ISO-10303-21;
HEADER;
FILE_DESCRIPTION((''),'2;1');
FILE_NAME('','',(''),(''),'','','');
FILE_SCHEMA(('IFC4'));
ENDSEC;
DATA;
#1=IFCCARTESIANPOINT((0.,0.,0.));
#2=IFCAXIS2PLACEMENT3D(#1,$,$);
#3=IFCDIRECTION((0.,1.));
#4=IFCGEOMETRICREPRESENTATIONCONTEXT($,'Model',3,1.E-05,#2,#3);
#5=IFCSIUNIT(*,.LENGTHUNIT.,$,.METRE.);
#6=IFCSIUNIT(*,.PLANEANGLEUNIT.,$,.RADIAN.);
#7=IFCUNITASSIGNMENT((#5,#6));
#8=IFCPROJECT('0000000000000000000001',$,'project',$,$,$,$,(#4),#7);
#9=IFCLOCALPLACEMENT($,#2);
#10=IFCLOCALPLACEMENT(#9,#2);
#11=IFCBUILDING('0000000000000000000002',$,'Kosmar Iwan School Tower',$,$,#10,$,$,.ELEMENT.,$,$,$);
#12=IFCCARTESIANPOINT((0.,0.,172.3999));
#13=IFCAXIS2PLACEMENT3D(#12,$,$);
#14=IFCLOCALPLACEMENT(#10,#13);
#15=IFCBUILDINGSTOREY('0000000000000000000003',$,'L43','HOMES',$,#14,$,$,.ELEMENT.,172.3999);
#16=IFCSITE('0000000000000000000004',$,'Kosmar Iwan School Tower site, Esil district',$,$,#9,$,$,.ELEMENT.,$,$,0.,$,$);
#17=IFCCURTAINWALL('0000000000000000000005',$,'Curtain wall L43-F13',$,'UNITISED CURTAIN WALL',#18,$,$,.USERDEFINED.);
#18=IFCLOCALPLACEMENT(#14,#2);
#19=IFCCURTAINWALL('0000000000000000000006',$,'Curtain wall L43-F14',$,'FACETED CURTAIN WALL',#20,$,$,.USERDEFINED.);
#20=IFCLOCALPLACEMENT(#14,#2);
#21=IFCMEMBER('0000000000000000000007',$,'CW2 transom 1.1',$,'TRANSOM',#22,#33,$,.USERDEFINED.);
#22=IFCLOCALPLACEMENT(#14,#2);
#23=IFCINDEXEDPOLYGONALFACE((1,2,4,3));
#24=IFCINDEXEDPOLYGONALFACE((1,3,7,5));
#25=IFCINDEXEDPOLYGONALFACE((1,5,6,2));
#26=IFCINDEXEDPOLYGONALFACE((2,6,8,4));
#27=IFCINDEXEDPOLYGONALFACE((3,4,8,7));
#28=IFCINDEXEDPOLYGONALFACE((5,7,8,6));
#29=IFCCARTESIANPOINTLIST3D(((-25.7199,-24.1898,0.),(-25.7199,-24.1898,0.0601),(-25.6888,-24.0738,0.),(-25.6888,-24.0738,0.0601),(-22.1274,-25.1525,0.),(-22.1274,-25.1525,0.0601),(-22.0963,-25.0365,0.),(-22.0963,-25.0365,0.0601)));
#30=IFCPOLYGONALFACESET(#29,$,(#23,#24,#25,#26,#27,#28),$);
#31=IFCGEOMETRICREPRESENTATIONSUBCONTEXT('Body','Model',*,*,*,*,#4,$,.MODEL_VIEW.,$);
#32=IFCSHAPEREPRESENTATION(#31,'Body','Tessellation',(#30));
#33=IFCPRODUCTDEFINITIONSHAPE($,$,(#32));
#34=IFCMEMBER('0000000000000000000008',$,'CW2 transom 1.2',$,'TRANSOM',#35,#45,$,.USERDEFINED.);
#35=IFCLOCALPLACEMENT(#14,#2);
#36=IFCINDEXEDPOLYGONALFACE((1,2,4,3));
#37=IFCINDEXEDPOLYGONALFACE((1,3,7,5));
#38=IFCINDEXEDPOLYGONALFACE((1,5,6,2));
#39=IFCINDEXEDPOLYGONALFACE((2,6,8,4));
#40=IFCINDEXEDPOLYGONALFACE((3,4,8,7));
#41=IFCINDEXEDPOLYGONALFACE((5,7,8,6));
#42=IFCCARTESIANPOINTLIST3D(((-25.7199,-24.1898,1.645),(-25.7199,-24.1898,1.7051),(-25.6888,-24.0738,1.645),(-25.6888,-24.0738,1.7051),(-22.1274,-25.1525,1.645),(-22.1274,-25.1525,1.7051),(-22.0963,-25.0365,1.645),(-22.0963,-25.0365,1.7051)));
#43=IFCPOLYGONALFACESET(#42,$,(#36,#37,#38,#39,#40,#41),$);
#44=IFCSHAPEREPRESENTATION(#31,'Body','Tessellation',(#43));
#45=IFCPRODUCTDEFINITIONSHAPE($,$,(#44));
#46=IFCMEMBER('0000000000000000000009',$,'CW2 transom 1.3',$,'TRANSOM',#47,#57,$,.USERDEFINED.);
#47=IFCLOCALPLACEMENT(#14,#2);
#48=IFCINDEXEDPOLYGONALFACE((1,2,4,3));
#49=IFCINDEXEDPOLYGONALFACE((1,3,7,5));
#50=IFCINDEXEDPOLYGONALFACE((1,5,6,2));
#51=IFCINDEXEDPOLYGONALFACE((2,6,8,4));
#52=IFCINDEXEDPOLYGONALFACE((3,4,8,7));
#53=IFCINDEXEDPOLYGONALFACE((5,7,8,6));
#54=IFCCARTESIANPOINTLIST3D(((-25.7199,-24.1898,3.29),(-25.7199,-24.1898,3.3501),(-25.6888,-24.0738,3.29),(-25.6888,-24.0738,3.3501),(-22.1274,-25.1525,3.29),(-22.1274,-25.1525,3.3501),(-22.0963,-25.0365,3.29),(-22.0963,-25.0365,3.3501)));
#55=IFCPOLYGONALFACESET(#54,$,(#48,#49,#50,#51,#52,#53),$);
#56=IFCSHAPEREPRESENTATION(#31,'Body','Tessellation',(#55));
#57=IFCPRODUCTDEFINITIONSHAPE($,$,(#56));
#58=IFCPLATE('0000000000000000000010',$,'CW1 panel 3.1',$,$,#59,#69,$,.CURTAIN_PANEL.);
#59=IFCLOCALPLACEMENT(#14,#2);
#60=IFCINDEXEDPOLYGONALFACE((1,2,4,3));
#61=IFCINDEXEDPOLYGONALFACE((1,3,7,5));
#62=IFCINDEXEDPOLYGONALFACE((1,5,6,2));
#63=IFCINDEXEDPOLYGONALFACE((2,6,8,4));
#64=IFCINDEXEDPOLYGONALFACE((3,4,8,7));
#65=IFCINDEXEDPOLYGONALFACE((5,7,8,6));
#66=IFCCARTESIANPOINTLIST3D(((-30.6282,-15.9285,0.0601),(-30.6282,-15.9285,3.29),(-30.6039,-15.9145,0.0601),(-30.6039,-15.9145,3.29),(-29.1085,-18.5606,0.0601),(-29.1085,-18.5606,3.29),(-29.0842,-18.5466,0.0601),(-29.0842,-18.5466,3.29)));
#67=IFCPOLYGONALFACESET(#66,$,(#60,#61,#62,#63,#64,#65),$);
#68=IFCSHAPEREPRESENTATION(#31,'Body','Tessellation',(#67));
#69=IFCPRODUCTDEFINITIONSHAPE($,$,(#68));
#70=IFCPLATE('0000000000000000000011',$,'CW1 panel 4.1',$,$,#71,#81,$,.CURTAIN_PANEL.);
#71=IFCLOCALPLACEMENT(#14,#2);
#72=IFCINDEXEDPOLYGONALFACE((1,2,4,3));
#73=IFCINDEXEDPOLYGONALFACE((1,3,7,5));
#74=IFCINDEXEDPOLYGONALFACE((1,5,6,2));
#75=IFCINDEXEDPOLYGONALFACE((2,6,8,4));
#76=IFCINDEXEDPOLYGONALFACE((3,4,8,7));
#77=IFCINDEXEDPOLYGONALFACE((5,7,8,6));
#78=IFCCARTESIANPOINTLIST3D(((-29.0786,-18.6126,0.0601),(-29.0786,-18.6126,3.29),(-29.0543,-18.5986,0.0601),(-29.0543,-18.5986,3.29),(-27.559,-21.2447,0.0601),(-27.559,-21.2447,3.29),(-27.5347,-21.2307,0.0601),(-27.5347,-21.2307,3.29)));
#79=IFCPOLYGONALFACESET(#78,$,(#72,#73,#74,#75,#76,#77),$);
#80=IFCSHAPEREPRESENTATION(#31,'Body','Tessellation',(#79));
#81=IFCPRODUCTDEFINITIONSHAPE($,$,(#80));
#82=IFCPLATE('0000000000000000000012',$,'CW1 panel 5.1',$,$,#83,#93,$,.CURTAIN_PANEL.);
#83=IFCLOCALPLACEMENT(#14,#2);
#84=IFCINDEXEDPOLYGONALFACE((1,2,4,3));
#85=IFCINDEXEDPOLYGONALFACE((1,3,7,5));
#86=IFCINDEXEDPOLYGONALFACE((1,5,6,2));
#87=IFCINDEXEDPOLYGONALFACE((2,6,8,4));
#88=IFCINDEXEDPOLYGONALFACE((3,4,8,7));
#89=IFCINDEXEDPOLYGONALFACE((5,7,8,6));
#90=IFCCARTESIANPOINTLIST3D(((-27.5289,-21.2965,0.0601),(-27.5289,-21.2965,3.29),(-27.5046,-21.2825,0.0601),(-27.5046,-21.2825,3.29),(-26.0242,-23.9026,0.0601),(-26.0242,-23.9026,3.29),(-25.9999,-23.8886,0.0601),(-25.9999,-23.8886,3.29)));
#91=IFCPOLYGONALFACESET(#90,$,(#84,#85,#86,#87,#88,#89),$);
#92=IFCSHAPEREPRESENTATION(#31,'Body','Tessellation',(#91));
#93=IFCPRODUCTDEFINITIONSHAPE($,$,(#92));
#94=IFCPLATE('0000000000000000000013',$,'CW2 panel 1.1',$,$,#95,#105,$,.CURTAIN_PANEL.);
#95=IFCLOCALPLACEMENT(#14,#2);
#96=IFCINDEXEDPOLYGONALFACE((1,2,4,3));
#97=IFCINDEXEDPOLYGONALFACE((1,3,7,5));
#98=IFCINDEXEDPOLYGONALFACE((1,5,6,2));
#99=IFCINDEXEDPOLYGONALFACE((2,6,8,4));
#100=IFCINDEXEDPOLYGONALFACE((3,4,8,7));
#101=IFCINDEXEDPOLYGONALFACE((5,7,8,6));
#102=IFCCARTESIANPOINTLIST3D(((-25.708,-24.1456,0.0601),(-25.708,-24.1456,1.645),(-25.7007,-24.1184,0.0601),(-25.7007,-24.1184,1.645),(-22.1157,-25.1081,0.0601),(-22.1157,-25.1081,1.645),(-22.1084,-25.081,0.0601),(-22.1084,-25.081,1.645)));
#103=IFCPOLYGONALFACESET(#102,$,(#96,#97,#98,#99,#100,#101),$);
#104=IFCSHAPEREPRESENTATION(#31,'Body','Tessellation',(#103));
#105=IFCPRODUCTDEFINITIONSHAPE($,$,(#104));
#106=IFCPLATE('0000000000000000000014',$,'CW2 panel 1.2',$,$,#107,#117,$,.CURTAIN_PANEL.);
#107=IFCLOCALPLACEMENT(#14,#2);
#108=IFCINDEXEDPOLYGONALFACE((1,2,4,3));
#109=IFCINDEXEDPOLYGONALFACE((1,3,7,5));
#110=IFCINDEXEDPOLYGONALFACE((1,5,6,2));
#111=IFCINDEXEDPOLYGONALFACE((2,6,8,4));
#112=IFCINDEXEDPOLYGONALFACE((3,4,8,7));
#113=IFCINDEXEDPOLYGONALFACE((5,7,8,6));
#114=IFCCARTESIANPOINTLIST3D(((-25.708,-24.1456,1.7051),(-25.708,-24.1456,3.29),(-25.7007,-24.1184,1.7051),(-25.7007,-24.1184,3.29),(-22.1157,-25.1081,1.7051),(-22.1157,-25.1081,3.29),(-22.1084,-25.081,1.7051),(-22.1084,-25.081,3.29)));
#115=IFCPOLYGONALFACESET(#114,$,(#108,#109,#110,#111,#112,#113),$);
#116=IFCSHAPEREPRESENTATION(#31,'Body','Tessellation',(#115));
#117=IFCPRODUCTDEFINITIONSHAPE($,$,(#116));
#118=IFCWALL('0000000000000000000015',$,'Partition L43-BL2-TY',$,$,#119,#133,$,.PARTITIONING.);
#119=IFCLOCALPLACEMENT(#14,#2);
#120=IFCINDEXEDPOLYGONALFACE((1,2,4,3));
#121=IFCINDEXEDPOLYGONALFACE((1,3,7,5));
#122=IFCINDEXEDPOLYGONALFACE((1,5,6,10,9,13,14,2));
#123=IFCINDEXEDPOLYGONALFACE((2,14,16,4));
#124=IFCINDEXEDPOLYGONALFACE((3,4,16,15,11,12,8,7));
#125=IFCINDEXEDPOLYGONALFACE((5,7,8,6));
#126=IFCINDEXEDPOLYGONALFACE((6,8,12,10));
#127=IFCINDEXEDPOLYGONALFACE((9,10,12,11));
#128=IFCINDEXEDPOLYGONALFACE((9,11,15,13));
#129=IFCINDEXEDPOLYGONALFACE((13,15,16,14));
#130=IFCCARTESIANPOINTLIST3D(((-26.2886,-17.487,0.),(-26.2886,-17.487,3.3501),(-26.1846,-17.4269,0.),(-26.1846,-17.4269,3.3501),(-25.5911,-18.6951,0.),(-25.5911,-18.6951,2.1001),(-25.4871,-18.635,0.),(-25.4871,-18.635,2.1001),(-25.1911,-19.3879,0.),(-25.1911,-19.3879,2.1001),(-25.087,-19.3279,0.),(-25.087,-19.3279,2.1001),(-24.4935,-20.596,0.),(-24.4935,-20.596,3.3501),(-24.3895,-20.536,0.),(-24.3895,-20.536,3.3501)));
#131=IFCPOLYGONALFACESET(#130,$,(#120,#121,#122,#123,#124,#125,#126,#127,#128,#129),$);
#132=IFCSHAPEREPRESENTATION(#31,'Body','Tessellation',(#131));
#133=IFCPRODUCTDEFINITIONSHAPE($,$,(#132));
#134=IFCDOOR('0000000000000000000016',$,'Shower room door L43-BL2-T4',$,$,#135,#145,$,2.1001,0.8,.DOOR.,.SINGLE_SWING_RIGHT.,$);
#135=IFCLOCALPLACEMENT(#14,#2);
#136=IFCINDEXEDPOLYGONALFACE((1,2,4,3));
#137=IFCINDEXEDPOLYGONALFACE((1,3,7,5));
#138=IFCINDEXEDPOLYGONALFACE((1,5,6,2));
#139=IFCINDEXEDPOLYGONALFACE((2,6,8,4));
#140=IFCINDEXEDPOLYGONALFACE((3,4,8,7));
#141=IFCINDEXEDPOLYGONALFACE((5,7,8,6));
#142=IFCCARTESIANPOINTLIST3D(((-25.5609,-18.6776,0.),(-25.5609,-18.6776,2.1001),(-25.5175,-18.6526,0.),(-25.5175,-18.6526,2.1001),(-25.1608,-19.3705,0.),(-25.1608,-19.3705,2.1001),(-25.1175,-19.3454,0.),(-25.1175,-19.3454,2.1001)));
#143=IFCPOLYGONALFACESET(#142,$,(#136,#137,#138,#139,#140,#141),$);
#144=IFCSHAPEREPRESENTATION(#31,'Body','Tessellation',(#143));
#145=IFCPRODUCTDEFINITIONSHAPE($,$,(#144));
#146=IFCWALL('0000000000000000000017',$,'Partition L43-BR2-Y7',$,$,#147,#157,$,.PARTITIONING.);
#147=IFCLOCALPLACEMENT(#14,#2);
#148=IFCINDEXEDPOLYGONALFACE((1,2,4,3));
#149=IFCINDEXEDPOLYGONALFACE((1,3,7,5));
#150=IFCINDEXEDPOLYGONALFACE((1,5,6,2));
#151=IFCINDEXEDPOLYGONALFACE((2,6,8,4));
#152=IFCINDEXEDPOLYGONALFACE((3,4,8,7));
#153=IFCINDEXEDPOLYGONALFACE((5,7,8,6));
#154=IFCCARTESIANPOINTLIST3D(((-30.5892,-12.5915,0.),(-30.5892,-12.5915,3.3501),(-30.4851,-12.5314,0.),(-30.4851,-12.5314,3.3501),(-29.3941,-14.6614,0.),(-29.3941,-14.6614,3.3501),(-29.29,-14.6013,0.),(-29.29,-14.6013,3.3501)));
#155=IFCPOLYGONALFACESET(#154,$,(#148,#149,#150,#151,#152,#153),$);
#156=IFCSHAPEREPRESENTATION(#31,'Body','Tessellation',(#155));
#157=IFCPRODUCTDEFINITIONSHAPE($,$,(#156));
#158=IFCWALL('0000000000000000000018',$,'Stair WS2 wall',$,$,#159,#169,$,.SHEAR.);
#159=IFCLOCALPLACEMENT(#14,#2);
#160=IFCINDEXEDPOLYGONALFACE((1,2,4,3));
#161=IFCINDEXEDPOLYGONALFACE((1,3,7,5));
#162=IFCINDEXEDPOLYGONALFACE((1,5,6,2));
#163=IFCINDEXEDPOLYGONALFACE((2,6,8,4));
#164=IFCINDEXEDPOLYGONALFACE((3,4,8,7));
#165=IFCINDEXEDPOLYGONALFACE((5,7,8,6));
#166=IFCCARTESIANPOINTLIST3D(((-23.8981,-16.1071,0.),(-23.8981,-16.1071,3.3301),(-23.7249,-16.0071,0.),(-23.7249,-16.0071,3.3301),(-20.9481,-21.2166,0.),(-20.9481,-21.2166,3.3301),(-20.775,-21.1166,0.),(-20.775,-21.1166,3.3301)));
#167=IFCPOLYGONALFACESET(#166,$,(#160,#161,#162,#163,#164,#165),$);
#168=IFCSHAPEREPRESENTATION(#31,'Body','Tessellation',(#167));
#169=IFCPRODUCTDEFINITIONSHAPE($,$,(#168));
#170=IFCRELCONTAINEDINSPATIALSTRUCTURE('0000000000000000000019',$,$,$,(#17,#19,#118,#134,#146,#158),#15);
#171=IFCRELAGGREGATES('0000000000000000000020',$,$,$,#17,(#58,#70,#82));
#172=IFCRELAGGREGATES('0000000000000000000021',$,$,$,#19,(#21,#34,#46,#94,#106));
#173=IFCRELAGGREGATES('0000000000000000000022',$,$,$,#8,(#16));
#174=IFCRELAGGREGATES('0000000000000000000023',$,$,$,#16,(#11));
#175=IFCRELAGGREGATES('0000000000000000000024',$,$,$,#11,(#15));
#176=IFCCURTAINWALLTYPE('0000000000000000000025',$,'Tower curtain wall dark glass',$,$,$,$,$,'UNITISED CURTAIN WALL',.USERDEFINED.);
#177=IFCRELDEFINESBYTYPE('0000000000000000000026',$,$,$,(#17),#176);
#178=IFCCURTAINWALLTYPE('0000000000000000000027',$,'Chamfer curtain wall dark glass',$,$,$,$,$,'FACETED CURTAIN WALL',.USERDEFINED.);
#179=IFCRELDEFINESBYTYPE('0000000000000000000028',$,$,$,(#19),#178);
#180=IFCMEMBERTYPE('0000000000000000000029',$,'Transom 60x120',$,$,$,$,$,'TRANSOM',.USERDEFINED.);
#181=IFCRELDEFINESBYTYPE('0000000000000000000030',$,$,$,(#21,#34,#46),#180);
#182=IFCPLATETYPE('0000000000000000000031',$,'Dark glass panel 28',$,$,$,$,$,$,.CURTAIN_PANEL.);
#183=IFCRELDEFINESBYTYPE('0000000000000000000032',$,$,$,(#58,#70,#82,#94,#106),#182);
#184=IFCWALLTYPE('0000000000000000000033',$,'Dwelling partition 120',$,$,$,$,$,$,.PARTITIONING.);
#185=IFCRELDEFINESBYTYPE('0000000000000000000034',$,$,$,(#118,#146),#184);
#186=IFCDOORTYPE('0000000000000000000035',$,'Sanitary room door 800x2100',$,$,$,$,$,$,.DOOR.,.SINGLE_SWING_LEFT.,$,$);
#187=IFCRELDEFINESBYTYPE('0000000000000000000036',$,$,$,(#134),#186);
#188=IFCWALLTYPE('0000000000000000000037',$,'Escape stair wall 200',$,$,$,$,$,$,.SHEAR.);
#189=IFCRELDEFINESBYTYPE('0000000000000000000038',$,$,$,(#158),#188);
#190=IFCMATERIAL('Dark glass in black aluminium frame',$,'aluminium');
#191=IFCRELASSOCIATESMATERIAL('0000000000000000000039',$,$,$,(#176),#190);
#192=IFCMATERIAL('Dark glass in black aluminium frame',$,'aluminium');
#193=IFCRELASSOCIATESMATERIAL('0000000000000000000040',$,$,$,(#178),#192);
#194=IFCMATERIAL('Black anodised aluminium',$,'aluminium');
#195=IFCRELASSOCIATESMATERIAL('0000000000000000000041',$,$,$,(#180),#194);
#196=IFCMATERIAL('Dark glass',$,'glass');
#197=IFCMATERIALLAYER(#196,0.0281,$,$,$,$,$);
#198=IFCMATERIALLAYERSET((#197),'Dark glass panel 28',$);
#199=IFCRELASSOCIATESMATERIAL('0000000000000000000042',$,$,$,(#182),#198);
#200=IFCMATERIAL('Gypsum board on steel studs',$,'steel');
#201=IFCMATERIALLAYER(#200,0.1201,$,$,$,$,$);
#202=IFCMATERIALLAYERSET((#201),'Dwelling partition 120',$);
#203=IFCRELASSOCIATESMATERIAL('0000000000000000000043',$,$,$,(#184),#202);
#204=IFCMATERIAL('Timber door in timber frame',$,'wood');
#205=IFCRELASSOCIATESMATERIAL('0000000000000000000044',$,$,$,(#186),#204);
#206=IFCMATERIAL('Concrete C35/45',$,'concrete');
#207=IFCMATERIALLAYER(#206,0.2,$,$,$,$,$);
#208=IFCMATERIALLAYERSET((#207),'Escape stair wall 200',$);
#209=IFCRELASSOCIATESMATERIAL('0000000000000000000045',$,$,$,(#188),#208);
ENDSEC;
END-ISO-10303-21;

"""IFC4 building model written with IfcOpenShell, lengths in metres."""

from ifc_helpers import new_model, si_unit, direction, frame, frame_2d, origin, origin_2d, place, context, subcontext, project, spatial, rectangle, extrude, material, layer, layer_set, material_profile, profile_set, type_object, element, fill, aggregate, save


model = new_model("IFC4")

# Units and contexts
model_context = context("Model", 3, precision=1e-05, world=origin(), true_north=direction((0.0, 1.0)))
body_context = subcontext(model_context, "Body", "Model", "MODEL_VIEW")
ifc_project = project(units=[si_unit("LENGTHUNIT", "METRE"), si_unit("PLANEANGLEUNIT", "RADIAN")], contexts=[model_context])

# Site, building, storey
site_placement = place(None, origin())
site = spatial("IfcSite", under=ifc_project, at=site_placement, Name="Kosmar Iwan School Tower site, Esil district", CompositionType="ELEMENT", RefElevation=0.0)
building_placement = place(site_placement, origin())
building = spatial("IfcBuilding", under=site, at=building_placement, Name="Kosmar Iwan School Tower", CompositionType="ELEMENT")
storey_placement = place(building_placement, frame((0.0, 0.0, 172.3999)))
storey = spatial("IfcBuildingStorey", under=building, at=storey_placement, Name="L43", Description="HOMES", CompositionType="ELEMENT", Elevation=172.3999)

# Curtain wall
ifc_material_1 = material(Name="Dark glass in black aluminium frame", Category="aluminium")
curtain_wall_type_1 = type_object("IfcCurtainWallType", Name="Tower curtain wall dark glass", ElementType="UNITISED CURTAIN WALL", PredefinedType="USERDEFINED", material=ifc_material_1)
curtain_wall_1_placement = place(storey_placement, origin())
curtain_wall_1 = element("IfcCurtainWall", 1, at=curtain_wall_1_placement, inside=storey, type_object=curtain_wall_type_1, Name="Curtain wall L43-F13", ObjectType="UNITISED CURTAIN WALL", PredefinedType="USERDEFINED")

# Curtain wall
ifc_material_2 = material(Name="Dark glass in black aluminium frame", Category="aluminium")
curtain_wall_type_2 = type_object("IfcCurtainWallType", Name="Chamfer curtain wall dark glass", ElementType="FACETED CURTAIN WALL", PredefinedType="USERDEFINED", material=ifc_material_2)
curtain_wall_2_placement = place(storey_placement, origin())
curtain_wall_2 = element("IfcCurtainWall", 2, at=curtain_wall_2_placement, inside=storey, type_object=curtain_wall_type_2, Name="Curtain wall L43-F14", ObjectType="FACETED CURTAIN WALL", PredefinedType="USERDEFINED")

# Members
ifc_material_3 = material(Name="Black anodised aluminium", Category="aluminium")
ifc_material_profile_1 = material_profile(ifc_material_3, rectangle(XDim=0.1201, YDim=0.0601, at=origin_2d()), Name="TRANSOM 60x120")
ifc_profile_set_1 = profile_set([ifc_material_profile_1], Name="Black anodised aluminium")
member_type_1 = type_object("IfcMemberType", Name="Transom 60x120", ElementType="TRANSOM", PredefinedType="USERDEFINED", material=ifc_profile_set_1)
member_1_placement = place(storey_placement, frame((-25.7043, -24.1318, 0.03), z_axis=(0.965924, -0.258827, 0.0), x_axis=(0.258827, 0.965924, 0.0)))
member_1 = element("IfcMember", 3, at=member_1_placement, type_object=member_type_1, Name="CW2 transom 1.1", ObjectType="TRANSOM", PredefinedType="USERDEFINED", context=body_context, shape_type="SweptSolid", body=[
    extrude(rectangle(XDim=0.1201, YDim=0.0601, at=origin_2d()), origin(), (0.0, 0.0, 1.0), 3.7192),
])
member_2_placement = place(storey_placement, frame((-25.7043, -24.1318, 1.675), z_axis=(0.965924, -0.258827, 0.0), x_axis=(0.258827, 0.965924, 0.0)))
member_2 = element("IfcMember", 4, at=member_2_placement, type_object=member_type_1, Name="CW2 transom 1.2", ObjectType="TRANSOM", PredefinedType="USERDEFINED", context=body_context, shape_type="SweptSolid", body=[
    extrude(rectangle(XDim=0.1201, YDim=0.0601, at=origin_2d()), origin(), (0.0, 0.0, 1.0), 3.7192),
])
member_3_placement = place(storey_placement, frame((-25.7043, -24.1318, 3.3201), z_axis=(0.965924, -0.258827, 0.0), x_axis=(0.258827, 0.965924, 0.0)))
member_3 = element("IfcMember", 5, at=member_3_placement, type_object=member_type_1, Name="CW2 transom 1.3", ObjectType="TRANSOM", PredefinedType="USERDEFINED", context=body_context, shape_type="SweptSolid", body=[
    extrude(rectangle(XDim=0.1201, YDim=0.0601, at=origin_2d()), origin(), (0.0, 0.0, 1.0), 3.7192),
])

# Plates
ifc_material_4 = material(Name="Dark glass", Category="glass")
ifc_layer_1 = layer(ifc_material_4, 0.0281)
ifc_layer_set_1 = layer_set([ifc_layer_1], Name="Dark glass panel 28")
plate_type = type_object("IfcPlateType", Name="Dark glass panel 28", PredefinedType="CURTAIN_PANEL", material=ifc_layer_set_1)
plate_1_placement = place(storey_placement, frame((-29.8562, -17.2375, 0.0601), z_axis=(0.0, 0.0, 1.0), x_axis=(0.5, -0.866025, 0.0)))
plate_1 = element("IfcPlate", 6, at=plate_1_placement, type_object=plate_type, Name="CW1 panel 3.1", PredefinedType="CURTAIN_PANEL", context=body_context, shape_type="SweptSolid", body=[
    extrude(rectangle(XDim=3.0393, YDim=0.0281, at=origin_2d()), origin(), (0.0, 0.0, 1.0), 3.23),
])
plate_2_placement = place(storey_placement, frame((-28.3066, -19.9216, 0.0601), z_axis=(0.0, 0.0, 1.0), x_axis=(0.5, -0.866025, 0.0)))
plate_2 = element("IfcPlate", 7, at=plate_2_placement, type_object=plate_type, Name="CW1 panel 4.1", PredefinedType="CURTAIN_PANEL", context=body_context, shape_type="SweptSolid", body=[
    extrude(rectangle(XDim=3.0393, YDim=0.0281, at=origin_2d()), origin(), (0.0, 0.0, 1.0), 3.23),
])
plate_3_placement = place(storey_placement, frame((-26.7644, -22.5925, 0.0601), z_axis=(0.0, 0.0, 1.0), x_axis=(0.5, -0.866025, 0.0)))
plate_3 = element("IfcPlate", 8, at=plate_3_placement, type_object=plate_type, Name="CW1 panel 5.1", PredefinedType="CURTAIN_PANEL", context=body_context, shape_type="SweptSolid", body=[
    extrude(rectangle(XDim=3.0093, YDim=0.0281, at=origin_2d()), origin(), (0.0, 0.0, 1.0), 3.23),
])
aggregate(curtain_wall_1, [plate_1, plate_2, plate_3])
plate_4_placement = place(storey_placement, frame((-23.9082, -24.6133, 0.0601), z_axis=(0.0, 0.0, 1.0), x_axis=(0.965926, -0.258819, 0.0)))
plate_4 = element("IfcPlate", 9, at=plate_4_placement, type_object=plate_type, Name="CW2 panel 1.1", PredefinedType="CURTAIN_PANEL", context=body_context, shape_type="SweptSolid", body=[
    extrude(rectangle(XDim=3.719, YDim=0.0281, at=origin_2d()), origin(), (0.0, 0.0, 1.0), 1.585),
])
plate_5_placement = place(storey_placement, frame((-23.9082, -24.6133, 1.7051), z_axis=(0.0, 0.0, 1.0), x_axis=(0.965926, -0.258819, 0.0)))
plate_5 = element("IfcPlate", 10, at=plate_5_placement, type_object=plate_type, Name="CW2 panel 1.2", PredefinedType="CURTAIN_PANEL", context=body_context, shape_type="SweptSolid", body=[
    extrude(rectangle(XDim=3.719, YDim=0.0281, at=origin_2d()), origin(), (0.0, 0.0, 1.0), 1.585),
])
aggregate(curtain_wall_2, [member_1, member_2, member_3, plate_4, plate_5])

# Wall, opening, door
ifc_material_5 = material(Name="Gypsum board on steel studs", Category="steel")
ifc_layer_2 = layer(ifc_material_5, 0.1201)
ifc_layer_set_2 = layer_set([ifc_layer_2], Name="Dwelling partition 120")
wall_type_1 = type_object("IfcWallType", Name="Dwelling partition 120", PredefinedType="PARTITIONING", material=ifc_layer_set_2)
wall_1_placement = place(storey_placement, frame((-26.2366, -17.457, 0.0), z_axis=(0.0, 0.0, 1.0), x_axis=(0.500023, -0.866012, 0.0)))
wall_1 = element("IfcWall", 11, at=wall_1_placement, inside=storey, type_object=wall_type_1, Name="Partition L43-BL2-TY", PredefinedType="PARTITIONING", context=body_context, shape_type="SweptSolid", body=[
    extrude(rectangle(XDim=3.5901, YDim=0.1201, at=frame_2d((1.7949, 0.0))), origin(), (0.0, 0.0, 1.0), 3.3501),
])
opening_placement = place(wall_1_placement, frame((1.395, 0.0, 0.0)))
opening = element("IfcOpeningElement", 12, at=opening_placement, cuts=wall_1, PredefinedType="OPENING", context=body_context, shape_type="SweptSolid", body=[
    extrude(rectangle(XDim=0.8, YDim=2.1001, at=frame_2d((0.3999, 1.05))), frame((0.0, 0.072, 0.0), z_axis=(0.0, -1.0, 0.0), x_axis=(1.0, 0.0, 0.0)), (0.0, 0.0, 1.0), 0.144),
])
ifc_material_6 = material(Name="Timber door in timber frame", Category="wood")
door_type = type_object("IfcDoorType", Name="Sanitary room door 800x2100", OperationType="SINGLE_SWING_LEFT", PredefinedType="DOOR", material=ifc_material_6)
door_placement = place(opening_placement, origin())
door = element("IfcDoor", 13, at=door_placement, inside=storey, type_object=door_type, Name="Shower room door L43-BL2-T4", OperationType="SINGLE_SWING_RIGHT", OverallHeight=2.1001, OverallWidth=0.8, PredefinedType="DOOR", context=body_context, shape_type="SweptSolid", body=[
    extrude(rectangle(XDim=0.8, YDim=2.1001, at=frame_2d((0.3999, 1.05))), frame((0.0, 0.0249, 0.0), z_axis=(0.0, -1.0, 0.0), x_axis=(1.0, 0.0, 0.0)), (0.0, 0.0, 1.0), 0.05),
])
fill(opening, door)

# Walls
wall_2_placement = place(storey_placement, frame((-29.342, -14.6313, 0.0), z_axis=(0.0, 0.0, 1.0), x_axis=(-0.500017, 0.866015, 0.0)))
element("IfcWall", 14, at=wall_2_placement, inside=storey, type_object=wall_type_1, Name="Partition L43-BR2-Y7", PredefinedType="PARTITIONING", context=body_context, shape_type="SweptSolid", body=[
    extrude(rectangle(XDim=2.3901, YDim=0.1201, at=frame_2d((1.1951, 0.0))), origin(), (0.0, 0.0, 1.0), 3.3501),
])
ifc_material_7 = material(Name="Concrete C35/45", Category="concrete")
ifc_layer_3 = layer(ifc_material_7, 0.2)
ifc_layer_set_3 = layer_set([ifc_layer_3], Name="Escape stair wall 200")
wall_type_2 = type_object("IfcWallType", Name="Escape stair wall 200", PredefinedType="SHEAR", material=ifc_layer_set_3)
wall_3_placement = place(storey_placement, frame((-23.8115, -16.0571, 0.0), z_axis=(0.0, 0.0, 1.0), x_axis=(0.500007, -0.866022, 0.0)))
element("IfcWall", 15, at=wall_3_placement, inside=storey, type_object=wall_type_2, Name="Stair WS2 wall", PredefinedType="SHEAR", context=body_context, shape_type="SweptSolid", body=[
    extrude(rectangle(XDim=5.8999, YDim=0.2, at=frame_2d((2.95, 0.0))), origin(), (0.0, 0.0, 1.0), 3.3301),
])

save(model, "model.ifc")
